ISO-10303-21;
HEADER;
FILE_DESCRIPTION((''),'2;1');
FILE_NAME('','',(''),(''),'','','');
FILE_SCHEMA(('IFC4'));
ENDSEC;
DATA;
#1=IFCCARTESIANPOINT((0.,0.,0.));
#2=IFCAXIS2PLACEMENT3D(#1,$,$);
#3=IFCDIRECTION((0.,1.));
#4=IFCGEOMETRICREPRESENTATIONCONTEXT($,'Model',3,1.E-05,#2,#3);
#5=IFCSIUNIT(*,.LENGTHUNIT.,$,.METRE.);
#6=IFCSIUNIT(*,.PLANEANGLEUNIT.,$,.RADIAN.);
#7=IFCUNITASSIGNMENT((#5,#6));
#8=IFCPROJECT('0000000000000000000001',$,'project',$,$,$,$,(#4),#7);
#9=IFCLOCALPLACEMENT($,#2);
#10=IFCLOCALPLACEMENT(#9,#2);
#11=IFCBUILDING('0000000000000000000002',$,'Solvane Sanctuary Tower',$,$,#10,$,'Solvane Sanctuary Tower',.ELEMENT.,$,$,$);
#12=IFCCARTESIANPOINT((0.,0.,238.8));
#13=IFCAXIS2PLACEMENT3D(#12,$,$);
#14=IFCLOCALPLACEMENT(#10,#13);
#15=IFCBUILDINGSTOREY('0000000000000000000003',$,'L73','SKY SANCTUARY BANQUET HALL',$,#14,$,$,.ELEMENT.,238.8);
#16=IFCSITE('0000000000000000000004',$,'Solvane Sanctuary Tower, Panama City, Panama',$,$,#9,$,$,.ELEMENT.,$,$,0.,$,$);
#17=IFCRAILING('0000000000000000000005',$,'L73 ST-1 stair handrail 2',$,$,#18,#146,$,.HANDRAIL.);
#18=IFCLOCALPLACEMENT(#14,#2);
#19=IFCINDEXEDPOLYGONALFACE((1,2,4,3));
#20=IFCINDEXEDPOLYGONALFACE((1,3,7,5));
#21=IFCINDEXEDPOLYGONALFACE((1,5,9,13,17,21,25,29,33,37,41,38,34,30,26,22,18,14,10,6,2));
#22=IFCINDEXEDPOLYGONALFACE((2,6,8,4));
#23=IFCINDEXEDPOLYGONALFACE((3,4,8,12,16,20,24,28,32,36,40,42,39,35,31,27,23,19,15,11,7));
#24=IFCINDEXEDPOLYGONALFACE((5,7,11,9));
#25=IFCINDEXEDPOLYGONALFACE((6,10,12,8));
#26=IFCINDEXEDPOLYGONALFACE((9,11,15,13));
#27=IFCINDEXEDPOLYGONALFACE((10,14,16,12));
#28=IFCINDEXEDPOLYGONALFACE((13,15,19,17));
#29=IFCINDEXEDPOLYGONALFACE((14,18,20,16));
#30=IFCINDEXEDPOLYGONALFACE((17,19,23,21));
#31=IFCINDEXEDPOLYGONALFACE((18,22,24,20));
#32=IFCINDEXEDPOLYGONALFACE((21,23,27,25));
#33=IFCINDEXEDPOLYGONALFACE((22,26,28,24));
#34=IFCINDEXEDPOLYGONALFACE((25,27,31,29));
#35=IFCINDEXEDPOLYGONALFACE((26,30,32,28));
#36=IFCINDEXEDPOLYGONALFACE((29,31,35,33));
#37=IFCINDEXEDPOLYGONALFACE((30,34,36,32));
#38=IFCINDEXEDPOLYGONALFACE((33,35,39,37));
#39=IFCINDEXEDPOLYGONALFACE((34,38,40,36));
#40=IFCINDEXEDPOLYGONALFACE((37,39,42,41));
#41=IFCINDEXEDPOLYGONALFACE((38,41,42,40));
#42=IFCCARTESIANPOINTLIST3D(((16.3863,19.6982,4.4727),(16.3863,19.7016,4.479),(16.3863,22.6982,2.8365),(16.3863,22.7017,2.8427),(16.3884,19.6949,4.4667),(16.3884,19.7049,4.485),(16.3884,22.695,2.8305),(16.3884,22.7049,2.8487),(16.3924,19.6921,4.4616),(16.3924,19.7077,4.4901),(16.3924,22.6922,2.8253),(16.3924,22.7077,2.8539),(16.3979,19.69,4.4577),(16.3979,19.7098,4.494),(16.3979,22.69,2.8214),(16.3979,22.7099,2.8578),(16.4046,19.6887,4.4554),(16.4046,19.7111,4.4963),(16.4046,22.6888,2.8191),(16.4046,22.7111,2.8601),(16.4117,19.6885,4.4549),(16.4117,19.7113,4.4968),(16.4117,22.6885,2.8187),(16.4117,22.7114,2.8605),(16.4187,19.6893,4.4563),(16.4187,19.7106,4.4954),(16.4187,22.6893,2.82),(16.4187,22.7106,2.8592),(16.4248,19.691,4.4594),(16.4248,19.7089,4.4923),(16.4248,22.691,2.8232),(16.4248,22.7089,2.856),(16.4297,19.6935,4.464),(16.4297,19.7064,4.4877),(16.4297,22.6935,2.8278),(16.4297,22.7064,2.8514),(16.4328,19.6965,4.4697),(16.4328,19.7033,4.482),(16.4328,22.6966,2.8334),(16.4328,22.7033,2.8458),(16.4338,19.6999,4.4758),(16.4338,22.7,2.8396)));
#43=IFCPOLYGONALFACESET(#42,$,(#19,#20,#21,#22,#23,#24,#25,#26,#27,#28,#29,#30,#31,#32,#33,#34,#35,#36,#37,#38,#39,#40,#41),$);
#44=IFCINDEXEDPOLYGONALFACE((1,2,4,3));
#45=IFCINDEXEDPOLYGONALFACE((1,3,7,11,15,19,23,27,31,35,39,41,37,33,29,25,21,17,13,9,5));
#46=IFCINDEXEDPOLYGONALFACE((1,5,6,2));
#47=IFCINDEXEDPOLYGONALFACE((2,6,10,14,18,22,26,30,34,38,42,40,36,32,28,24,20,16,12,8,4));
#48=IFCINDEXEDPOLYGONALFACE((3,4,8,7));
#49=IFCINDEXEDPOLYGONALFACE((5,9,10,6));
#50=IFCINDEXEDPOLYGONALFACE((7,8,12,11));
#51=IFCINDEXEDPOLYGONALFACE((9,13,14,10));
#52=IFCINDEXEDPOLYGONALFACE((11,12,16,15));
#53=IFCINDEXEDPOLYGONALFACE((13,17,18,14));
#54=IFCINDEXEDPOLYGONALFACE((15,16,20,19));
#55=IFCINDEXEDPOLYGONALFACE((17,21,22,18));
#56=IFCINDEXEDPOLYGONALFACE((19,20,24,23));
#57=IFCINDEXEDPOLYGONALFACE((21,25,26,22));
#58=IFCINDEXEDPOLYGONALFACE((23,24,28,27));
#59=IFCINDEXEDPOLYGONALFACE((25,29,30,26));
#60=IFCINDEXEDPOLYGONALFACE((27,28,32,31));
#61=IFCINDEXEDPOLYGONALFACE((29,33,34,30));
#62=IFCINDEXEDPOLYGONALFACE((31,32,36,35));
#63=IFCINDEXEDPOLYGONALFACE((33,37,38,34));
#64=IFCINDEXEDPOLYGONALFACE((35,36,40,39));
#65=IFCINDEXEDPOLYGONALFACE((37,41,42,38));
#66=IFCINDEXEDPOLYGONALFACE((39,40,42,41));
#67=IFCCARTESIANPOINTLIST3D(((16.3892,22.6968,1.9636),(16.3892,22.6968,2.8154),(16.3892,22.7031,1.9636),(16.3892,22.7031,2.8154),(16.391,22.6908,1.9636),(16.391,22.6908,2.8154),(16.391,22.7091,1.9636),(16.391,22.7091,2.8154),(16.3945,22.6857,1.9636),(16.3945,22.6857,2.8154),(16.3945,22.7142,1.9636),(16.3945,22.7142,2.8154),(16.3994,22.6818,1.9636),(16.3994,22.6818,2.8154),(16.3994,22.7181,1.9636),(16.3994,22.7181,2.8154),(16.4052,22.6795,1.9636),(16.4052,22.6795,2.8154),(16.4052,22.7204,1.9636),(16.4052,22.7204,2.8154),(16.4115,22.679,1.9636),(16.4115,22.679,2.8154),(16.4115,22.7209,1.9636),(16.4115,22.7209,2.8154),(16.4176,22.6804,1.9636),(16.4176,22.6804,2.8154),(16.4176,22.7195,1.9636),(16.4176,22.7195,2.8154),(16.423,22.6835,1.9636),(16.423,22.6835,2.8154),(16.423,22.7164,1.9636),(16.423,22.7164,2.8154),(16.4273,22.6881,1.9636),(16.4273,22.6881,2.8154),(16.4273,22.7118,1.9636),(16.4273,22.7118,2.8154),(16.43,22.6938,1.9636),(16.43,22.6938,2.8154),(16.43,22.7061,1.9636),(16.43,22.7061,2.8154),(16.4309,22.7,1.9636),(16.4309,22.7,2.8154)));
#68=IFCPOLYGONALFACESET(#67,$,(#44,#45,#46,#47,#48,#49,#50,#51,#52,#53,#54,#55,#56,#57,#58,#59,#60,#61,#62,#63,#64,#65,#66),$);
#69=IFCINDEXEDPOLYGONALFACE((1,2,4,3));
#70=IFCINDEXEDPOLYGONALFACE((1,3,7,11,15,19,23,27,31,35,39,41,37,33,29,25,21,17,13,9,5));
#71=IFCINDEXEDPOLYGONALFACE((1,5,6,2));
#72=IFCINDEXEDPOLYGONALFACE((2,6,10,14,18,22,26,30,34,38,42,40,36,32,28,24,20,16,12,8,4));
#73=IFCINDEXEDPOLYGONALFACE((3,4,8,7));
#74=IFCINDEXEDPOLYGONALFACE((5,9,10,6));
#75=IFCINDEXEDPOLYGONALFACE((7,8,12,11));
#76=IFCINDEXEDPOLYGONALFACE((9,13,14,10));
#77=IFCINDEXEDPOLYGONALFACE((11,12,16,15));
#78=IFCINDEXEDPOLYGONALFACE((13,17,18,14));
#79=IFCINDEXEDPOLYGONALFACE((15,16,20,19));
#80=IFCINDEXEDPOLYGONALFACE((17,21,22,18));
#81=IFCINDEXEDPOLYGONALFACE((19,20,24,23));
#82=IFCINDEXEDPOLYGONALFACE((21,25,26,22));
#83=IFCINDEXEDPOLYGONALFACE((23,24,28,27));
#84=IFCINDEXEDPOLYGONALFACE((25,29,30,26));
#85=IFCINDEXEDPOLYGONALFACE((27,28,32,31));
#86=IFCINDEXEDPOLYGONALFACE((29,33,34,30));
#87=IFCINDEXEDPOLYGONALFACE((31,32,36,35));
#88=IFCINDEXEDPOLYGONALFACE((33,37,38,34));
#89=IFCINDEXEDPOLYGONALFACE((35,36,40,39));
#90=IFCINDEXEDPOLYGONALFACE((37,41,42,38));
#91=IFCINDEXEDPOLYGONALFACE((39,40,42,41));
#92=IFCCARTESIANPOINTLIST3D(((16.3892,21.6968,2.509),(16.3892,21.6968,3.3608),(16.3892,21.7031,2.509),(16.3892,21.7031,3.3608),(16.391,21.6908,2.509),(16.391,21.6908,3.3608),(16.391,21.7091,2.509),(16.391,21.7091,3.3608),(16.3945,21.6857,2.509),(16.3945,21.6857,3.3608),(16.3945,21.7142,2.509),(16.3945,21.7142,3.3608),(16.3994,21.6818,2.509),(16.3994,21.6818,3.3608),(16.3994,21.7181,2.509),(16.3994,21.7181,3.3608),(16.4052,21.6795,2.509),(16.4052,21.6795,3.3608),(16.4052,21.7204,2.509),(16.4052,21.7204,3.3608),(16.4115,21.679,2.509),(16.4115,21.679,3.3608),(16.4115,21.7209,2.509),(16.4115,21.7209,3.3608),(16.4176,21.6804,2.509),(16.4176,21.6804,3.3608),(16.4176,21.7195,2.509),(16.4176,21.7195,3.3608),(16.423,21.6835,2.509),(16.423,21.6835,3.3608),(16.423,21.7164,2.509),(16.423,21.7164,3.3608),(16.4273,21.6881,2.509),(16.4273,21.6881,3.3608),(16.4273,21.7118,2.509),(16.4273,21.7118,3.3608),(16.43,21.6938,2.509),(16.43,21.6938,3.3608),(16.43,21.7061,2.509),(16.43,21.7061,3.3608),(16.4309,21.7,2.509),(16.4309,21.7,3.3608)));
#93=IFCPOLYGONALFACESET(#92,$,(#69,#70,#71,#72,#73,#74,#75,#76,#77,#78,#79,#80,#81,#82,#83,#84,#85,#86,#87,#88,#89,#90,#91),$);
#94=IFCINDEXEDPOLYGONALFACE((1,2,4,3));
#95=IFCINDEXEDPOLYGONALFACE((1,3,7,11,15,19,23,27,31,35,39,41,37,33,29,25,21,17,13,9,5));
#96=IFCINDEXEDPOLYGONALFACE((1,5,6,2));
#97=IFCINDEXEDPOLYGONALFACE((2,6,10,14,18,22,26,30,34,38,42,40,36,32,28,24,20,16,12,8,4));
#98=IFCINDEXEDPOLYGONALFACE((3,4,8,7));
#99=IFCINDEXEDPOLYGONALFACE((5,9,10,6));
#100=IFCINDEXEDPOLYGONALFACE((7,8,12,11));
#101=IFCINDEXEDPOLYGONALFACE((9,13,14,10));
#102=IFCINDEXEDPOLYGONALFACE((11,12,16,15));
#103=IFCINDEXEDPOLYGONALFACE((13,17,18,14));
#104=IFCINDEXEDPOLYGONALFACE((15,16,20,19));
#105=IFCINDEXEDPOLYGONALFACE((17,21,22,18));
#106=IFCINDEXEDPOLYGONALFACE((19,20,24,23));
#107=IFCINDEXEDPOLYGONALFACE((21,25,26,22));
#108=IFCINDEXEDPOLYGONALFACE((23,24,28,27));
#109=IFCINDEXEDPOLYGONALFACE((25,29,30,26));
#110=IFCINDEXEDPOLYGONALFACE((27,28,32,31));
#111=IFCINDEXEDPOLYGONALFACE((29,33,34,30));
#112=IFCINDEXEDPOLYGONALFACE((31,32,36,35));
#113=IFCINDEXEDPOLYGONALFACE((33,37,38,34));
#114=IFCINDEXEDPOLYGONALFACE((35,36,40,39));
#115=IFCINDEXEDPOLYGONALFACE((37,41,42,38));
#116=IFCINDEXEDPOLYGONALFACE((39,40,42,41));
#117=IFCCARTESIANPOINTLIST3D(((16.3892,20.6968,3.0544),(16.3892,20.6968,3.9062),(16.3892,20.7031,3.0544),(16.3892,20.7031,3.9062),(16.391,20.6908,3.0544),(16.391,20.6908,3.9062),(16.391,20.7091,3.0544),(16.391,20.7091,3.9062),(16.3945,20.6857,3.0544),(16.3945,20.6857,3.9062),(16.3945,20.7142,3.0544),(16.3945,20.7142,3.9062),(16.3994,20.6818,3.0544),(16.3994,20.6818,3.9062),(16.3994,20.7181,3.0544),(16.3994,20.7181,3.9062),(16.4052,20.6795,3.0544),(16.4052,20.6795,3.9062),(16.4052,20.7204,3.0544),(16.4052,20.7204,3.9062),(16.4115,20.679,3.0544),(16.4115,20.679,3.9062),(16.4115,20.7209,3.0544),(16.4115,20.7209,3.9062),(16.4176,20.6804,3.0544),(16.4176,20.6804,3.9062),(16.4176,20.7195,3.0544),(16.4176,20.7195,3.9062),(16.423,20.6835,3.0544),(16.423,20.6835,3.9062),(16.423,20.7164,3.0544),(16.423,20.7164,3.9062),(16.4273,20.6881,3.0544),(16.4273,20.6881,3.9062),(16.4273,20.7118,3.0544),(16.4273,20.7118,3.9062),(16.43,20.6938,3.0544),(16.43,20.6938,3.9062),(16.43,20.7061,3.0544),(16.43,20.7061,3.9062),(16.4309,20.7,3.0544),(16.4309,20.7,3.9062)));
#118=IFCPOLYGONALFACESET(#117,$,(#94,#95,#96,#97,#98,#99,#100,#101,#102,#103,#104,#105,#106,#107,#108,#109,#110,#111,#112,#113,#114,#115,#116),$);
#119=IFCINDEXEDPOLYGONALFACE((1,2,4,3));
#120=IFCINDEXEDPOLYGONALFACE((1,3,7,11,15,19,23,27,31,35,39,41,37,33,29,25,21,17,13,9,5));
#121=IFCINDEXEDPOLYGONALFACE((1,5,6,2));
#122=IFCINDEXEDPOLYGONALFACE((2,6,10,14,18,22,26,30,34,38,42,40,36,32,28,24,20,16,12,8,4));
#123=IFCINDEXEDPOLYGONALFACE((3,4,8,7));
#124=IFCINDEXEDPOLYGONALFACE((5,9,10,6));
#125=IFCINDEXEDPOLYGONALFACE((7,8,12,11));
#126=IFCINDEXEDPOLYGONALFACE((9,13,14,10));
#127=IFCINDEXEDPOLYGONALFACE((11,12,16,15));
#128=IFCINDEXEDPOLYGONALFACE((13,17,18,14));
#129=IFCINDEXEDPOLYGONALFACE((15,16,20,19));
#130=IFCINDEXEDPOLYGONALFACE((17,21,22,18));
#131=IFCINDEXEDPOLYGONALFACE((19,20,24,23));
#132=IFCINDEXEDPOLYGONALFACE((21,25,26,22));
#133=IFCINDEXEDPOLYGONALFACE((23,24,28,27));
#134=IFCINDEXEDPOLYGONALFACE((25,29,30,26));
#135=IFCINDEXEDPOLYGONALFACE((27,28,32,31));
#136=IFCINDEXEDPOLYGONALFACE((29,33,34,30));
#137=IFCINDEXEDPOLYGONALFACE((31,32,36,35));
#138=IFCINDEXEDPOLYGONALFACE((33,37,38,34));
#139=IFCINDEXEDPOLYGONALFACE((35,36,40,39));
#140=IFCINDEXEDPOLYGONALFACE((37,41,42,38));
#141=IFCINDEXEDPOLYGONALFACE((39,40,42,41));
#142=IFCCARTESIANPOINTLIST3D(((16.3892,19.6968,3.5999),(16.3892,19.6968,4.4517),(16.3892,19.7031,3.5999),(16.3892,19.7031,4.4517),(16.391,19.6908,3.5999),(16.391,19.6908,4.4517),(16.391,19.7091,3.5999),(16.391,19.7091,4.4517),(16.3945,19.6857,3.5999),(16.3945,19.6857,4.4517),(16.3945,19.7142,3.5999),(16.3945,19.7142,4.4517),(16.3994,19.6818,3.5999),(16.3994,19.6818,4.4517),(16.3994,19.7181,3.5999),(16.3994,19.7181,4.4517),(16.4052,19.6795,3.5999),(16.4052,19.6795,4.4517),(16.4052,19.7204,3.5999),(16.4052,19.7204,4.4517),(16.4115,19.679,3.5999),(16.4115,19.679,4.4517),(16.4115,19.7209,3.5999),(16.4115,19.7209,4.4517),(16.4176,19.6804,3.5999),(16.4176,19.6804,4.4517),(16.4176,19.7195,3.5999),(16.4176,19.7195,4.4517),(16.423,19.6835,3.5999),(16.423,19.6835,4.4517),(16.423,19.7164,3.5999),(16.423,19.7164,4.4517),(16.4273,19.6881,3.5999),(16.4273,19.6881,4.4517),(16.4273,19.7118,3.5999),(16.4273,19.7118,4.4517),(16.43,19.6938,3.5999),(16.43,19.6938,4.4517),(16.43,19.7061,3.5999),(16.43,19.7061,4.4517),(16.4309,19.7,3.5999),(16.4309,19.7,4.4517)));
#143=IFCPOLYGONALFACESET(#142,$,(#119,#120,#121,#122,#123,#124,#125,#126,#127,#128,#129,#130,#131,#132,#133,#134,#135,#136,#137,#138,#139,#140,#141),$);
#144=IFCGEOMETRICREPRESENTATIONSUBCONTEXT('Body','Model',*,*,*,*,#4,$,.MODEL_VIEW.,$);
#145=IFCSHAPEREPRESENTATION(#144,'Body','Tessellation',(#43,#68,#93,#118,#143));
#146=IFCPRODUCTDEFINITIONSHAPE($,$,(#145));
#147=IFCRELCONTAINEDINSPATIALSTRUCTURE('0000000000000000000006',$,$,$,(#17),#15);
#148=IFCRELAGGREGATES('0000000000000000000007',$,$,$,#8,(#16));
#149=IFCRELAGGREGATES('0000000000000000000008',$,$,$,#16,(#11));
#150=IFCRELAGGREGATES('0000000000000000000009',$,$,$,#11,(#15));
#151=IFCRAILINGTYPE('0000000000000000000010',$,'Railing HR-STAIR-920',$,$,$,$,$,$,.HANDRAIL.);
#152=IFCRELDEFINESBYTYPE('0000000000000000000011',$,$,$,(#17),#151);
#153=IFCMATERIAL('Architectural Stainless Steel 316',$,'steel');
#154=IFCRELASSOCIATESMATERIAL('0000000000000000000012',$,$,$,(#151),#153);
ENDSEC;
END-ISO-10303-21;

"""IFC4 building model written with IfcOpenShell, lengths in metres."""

from ifc_helpers import new_model, si_unit, direction, frame, origin, origin_2d, place, context, subcontext, project, spatial, circle, extrude, material, type_object, element, save


model = new_model("IFC4")

# Units and contexts
model_context = context("Model", 3, precision=1e-05, world=origin(), true_north=direction((0.0, 1.0)))
body_context = subcontext(model_context, "Body", "Model", "MODEL_VIEW")
ifc_project = project(units=[si_unit("LENGTHUNIT", "METRE"), si_unit("PLANEANGLEUNIT", "RADIAN")], contexts=[model_context])

# Site, building, storey
site_placement = place(None, origin())
site = spatial("IfcSite", under=ifc_project, at=site_placement, Name="Solvane Sanctuary Tower, Panama City, Panama", CompositionType="ELEMENT", RefElevation=0.0)
building_placement = place(site_placement, origin())
building = spatial("IfcBuilding", under=site, at=building_placement, Name="Solvane Sanctuary Tower", LongName="Solvane Sanctuary Tower", CompositionType="ELEMENT")
storey_placement = place(building_placement, frame((0.0, 0.0, 238.8)))
storey = spatial("IfcBuildingStorey", under=building, at=storey_placement, Name="L73", Description="SKY SANCTUARY BANQUET HALL", CompositionType="ELEMENT", Elevation=238.8)

# Shared definitions
ifc_material_1 = material(Name="Architectural Stainless Steel 316", Category="steel")

# Railing
railing_type_1 = type_object("IfcRailingType", Name="Railing HR-STAIR-920", PredefinedType="HANDRAIL", material=ifc_material_1)
railing_1_placement = place(storey_placement, frame((16.4099, 22.7, 1.9636)))
element("IfcRailing", 1, at=railing_1_placement, inside=storey, type_object=railing_type_1, Name="L73 ST-1 stair handrail 2", PredefinedType="HANDRAIL", context=body_context, shape_type="SweptSolid", body=[
    extrude(circle(Radius=0.0239, at=origin_2d()), frame((0.0, 0.0, 0.876), z_axis=(0.0, -0.877912, 0.478822), x_axis=(1.0, 0.0, 0.0)), (0.0, 0.0, 1.0), 3.4172),
    extrude(circle(Radius=0.021, at=origin_2d()), origin(), (0.0, 0.0, 1.0), 0.8518),
    extrude(circle(Radius=0.021, at=origin_2d()), frame((0.0, -1.0, 0.5454)), (0.0, 0.0, 1.0), 0.8518),
    extrude(circle(Radius=0.021, at=origin_2d()), frame((0.0, -2.0, 1.0908)), (0.0, 0.0, 1.0), 0.8518),
    extrude(circle(Radius=0.021, at=origin_2d()), frame((0.0, -3.0, 1.6362)), (0.0, 0.0, 1.0), 0.8518),
])

save(model, "model.ifc")
